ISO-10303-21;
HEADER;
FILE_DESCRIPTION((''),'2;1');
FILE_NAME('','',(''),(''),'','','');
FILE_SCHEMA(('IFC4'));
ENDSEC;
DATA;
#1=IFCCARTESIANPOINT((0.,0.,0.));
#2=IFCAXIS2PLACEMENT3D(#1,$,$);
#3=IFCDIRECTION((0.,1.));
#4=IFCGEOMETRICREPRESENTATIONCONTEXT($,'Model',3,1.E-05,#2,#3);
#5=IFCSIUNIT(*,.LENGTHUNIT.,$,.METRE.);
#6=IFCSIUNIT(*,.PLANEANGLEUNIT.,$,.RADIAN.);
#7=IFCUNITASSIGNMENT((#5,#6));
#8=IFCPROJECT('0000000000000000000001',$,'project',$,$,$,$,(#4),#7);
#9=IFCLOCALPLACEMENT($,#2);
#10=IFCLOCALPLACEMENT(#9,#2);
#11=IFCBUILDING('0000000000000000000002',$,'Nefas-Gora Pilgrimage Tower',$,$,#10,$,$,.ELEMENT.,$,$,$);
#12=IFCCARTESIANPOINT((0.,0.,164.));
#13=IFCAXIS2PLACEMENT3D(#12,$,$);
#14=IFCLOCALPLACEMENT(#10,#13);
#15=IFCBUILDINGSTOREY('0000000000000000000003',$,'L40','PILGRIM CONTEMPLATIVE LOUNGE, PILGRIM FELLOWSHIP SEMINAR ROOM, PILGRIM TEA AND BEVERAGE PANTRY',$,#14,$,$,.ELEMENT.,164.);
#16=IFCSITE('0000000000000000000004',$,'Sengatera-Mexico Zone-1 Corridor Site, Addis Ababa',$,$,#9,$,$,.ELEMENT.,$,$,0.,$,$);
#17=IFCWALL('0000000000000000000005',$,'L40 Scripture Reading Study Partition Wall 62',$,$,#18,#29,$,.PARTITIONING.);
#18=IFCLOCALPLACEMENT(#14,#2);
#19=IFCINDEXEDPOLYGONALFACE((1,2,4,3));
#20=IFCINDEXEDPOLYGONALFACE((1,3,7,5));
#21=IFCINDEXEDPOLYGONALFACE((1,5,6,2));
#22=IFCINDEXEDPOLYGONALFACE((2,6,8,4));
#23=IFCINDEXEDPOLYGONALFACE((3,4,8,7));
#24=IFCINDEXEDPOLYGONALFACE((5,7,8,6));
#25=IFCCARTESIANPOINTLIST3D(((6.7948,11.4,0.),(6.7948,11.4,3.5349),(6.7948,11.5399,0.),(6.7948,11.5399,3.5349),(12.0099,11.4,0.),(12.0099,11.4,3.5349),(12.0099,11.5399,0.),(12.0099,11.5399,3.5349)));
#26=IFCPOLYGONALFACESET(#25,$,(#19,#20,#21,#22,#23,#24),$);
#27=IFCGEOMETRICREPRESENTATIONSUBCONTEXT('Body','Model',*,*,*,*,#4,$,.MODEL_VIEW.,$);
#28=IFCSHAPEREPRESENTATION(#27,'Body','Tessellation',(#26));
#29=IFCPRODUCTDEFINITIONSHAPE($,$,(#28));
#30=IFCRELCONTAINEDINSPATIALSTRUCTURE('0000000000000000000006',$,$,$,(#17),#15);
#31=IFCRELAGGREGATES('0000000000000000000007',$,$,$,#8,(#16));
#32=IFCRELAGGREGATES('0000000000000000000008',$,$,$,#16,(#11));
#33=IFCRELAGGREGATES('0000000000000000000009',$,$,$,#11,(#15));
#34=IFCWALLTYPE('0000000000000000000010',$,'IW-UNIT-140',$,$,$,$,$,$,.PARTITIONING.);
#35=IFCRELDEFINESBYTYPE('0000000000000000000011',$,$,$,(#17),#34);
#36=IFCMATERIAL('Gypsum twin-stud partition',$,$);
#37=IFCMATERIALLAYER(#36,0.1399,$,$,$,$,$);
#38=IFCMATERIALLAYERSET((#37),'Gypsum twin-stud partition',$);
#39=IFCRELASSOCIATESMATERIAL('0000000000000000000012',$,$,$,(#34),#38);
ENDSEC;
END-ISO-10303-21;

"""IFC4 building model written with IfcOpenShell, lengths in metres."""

from ifc_helpers import new_model, si_unit, direction, frame, frame_2d, origin, place, context, subcontext, project, spatial, rectangle, extrude, source, transform, mapped, material, layer, layer_set, type_object, element, save


model = new_model("IFC4")

# Units and contexts
model_context = context("Model", 3, precision=1e-05, world=origin(), true_north=direction((0.0, 1.0)))
body_context = subcontext(model_context, "Body", "Model", "MODEL_VIEW")
ifc_project = project(units=[si_unit("LENGTHUNIT", "METRE"), si_unit("PLANEANGLEUNIT", "RADIAN")], contexts=[model_context])

# Site, building, storey
site_placement = place(None, origin())
site = spatial("IfcSite", under=ifc_project, at=site_placement, Name="Sengatera-Mexico Zone-1 Corridor Site, Addis Ababa", CompositionType="ELEMENT", RefElevation=0.0)
building_placement = place(site_placement, origin())
building = spatial("IfcBuilding", under=site, at=building_placement, Name="Nefas-Gora Pilgrimage Tower", CompositionType="ELEMENT")
storey_placement = place(building_placement, frame((0.0, 0.0, 164.0)))
storey = spatial("IfcBuildingStorey", under=building, at=storey_placement, Name="L40", Description="PILGRIM CONTEMPLATIVE LOUNGE, PILGRIM FELLOWSHIP SEMINAR ROOM, PILGRIM TEA AND BEVERAGE PANTRY", CompositionType="ELEMENT", Elevation=164.0)

# Shared definitions
ifc_material_1 = material(Name="Gypsum twin-stud partition")
ifc_layer_1 = layer(ifc_material_1, 0.1399)
ifc_layer_set_1 = layer_set([ifc_layer_1], Name="Gypsum twin-stud partition")
wall_type_1 = type_object("IfcWallType", Name="IW-UNIT-140", PredefinedType="PARTITIONING", material=ifc_layer_set_1)

# Wall
shared_shape_1 = source(origin(), body_context, "Body", "SweptSolid", [
    extrude(rectangle(XDim=5.2151, YDim=0.1399, at=frame_2d((2.6074, 0.0))), origin(), (0.0, 0.0, 1.0), 3.5349),
])
wall_1_placement = place(storey_placement, frame((6.7949, 11.47, 0.0), z_axis=(0.0, 0.0, 1.0), x_axis=(1.0, 0.0, 0.0)))
element("IfcWall", 1, at=wall_1_placement, inside=storey, type_object=wall_type_1, Name="L40 Scripture Reading Study Partition Wall 62", PredefinedType="PARTITIONING", context=body_context, shape_type="MappedRepresentation", body=[
    mapped(shared_shape_1, transform((0.0, 0.0, 0.0), x_axis=(1.0, 0.0, 0.0), y_axis=(0.0, 1.0, 0.0), z_axis=(0.0, 0.0, 1.0), scale=1.0)),
])

save(model, "model.ifc")
